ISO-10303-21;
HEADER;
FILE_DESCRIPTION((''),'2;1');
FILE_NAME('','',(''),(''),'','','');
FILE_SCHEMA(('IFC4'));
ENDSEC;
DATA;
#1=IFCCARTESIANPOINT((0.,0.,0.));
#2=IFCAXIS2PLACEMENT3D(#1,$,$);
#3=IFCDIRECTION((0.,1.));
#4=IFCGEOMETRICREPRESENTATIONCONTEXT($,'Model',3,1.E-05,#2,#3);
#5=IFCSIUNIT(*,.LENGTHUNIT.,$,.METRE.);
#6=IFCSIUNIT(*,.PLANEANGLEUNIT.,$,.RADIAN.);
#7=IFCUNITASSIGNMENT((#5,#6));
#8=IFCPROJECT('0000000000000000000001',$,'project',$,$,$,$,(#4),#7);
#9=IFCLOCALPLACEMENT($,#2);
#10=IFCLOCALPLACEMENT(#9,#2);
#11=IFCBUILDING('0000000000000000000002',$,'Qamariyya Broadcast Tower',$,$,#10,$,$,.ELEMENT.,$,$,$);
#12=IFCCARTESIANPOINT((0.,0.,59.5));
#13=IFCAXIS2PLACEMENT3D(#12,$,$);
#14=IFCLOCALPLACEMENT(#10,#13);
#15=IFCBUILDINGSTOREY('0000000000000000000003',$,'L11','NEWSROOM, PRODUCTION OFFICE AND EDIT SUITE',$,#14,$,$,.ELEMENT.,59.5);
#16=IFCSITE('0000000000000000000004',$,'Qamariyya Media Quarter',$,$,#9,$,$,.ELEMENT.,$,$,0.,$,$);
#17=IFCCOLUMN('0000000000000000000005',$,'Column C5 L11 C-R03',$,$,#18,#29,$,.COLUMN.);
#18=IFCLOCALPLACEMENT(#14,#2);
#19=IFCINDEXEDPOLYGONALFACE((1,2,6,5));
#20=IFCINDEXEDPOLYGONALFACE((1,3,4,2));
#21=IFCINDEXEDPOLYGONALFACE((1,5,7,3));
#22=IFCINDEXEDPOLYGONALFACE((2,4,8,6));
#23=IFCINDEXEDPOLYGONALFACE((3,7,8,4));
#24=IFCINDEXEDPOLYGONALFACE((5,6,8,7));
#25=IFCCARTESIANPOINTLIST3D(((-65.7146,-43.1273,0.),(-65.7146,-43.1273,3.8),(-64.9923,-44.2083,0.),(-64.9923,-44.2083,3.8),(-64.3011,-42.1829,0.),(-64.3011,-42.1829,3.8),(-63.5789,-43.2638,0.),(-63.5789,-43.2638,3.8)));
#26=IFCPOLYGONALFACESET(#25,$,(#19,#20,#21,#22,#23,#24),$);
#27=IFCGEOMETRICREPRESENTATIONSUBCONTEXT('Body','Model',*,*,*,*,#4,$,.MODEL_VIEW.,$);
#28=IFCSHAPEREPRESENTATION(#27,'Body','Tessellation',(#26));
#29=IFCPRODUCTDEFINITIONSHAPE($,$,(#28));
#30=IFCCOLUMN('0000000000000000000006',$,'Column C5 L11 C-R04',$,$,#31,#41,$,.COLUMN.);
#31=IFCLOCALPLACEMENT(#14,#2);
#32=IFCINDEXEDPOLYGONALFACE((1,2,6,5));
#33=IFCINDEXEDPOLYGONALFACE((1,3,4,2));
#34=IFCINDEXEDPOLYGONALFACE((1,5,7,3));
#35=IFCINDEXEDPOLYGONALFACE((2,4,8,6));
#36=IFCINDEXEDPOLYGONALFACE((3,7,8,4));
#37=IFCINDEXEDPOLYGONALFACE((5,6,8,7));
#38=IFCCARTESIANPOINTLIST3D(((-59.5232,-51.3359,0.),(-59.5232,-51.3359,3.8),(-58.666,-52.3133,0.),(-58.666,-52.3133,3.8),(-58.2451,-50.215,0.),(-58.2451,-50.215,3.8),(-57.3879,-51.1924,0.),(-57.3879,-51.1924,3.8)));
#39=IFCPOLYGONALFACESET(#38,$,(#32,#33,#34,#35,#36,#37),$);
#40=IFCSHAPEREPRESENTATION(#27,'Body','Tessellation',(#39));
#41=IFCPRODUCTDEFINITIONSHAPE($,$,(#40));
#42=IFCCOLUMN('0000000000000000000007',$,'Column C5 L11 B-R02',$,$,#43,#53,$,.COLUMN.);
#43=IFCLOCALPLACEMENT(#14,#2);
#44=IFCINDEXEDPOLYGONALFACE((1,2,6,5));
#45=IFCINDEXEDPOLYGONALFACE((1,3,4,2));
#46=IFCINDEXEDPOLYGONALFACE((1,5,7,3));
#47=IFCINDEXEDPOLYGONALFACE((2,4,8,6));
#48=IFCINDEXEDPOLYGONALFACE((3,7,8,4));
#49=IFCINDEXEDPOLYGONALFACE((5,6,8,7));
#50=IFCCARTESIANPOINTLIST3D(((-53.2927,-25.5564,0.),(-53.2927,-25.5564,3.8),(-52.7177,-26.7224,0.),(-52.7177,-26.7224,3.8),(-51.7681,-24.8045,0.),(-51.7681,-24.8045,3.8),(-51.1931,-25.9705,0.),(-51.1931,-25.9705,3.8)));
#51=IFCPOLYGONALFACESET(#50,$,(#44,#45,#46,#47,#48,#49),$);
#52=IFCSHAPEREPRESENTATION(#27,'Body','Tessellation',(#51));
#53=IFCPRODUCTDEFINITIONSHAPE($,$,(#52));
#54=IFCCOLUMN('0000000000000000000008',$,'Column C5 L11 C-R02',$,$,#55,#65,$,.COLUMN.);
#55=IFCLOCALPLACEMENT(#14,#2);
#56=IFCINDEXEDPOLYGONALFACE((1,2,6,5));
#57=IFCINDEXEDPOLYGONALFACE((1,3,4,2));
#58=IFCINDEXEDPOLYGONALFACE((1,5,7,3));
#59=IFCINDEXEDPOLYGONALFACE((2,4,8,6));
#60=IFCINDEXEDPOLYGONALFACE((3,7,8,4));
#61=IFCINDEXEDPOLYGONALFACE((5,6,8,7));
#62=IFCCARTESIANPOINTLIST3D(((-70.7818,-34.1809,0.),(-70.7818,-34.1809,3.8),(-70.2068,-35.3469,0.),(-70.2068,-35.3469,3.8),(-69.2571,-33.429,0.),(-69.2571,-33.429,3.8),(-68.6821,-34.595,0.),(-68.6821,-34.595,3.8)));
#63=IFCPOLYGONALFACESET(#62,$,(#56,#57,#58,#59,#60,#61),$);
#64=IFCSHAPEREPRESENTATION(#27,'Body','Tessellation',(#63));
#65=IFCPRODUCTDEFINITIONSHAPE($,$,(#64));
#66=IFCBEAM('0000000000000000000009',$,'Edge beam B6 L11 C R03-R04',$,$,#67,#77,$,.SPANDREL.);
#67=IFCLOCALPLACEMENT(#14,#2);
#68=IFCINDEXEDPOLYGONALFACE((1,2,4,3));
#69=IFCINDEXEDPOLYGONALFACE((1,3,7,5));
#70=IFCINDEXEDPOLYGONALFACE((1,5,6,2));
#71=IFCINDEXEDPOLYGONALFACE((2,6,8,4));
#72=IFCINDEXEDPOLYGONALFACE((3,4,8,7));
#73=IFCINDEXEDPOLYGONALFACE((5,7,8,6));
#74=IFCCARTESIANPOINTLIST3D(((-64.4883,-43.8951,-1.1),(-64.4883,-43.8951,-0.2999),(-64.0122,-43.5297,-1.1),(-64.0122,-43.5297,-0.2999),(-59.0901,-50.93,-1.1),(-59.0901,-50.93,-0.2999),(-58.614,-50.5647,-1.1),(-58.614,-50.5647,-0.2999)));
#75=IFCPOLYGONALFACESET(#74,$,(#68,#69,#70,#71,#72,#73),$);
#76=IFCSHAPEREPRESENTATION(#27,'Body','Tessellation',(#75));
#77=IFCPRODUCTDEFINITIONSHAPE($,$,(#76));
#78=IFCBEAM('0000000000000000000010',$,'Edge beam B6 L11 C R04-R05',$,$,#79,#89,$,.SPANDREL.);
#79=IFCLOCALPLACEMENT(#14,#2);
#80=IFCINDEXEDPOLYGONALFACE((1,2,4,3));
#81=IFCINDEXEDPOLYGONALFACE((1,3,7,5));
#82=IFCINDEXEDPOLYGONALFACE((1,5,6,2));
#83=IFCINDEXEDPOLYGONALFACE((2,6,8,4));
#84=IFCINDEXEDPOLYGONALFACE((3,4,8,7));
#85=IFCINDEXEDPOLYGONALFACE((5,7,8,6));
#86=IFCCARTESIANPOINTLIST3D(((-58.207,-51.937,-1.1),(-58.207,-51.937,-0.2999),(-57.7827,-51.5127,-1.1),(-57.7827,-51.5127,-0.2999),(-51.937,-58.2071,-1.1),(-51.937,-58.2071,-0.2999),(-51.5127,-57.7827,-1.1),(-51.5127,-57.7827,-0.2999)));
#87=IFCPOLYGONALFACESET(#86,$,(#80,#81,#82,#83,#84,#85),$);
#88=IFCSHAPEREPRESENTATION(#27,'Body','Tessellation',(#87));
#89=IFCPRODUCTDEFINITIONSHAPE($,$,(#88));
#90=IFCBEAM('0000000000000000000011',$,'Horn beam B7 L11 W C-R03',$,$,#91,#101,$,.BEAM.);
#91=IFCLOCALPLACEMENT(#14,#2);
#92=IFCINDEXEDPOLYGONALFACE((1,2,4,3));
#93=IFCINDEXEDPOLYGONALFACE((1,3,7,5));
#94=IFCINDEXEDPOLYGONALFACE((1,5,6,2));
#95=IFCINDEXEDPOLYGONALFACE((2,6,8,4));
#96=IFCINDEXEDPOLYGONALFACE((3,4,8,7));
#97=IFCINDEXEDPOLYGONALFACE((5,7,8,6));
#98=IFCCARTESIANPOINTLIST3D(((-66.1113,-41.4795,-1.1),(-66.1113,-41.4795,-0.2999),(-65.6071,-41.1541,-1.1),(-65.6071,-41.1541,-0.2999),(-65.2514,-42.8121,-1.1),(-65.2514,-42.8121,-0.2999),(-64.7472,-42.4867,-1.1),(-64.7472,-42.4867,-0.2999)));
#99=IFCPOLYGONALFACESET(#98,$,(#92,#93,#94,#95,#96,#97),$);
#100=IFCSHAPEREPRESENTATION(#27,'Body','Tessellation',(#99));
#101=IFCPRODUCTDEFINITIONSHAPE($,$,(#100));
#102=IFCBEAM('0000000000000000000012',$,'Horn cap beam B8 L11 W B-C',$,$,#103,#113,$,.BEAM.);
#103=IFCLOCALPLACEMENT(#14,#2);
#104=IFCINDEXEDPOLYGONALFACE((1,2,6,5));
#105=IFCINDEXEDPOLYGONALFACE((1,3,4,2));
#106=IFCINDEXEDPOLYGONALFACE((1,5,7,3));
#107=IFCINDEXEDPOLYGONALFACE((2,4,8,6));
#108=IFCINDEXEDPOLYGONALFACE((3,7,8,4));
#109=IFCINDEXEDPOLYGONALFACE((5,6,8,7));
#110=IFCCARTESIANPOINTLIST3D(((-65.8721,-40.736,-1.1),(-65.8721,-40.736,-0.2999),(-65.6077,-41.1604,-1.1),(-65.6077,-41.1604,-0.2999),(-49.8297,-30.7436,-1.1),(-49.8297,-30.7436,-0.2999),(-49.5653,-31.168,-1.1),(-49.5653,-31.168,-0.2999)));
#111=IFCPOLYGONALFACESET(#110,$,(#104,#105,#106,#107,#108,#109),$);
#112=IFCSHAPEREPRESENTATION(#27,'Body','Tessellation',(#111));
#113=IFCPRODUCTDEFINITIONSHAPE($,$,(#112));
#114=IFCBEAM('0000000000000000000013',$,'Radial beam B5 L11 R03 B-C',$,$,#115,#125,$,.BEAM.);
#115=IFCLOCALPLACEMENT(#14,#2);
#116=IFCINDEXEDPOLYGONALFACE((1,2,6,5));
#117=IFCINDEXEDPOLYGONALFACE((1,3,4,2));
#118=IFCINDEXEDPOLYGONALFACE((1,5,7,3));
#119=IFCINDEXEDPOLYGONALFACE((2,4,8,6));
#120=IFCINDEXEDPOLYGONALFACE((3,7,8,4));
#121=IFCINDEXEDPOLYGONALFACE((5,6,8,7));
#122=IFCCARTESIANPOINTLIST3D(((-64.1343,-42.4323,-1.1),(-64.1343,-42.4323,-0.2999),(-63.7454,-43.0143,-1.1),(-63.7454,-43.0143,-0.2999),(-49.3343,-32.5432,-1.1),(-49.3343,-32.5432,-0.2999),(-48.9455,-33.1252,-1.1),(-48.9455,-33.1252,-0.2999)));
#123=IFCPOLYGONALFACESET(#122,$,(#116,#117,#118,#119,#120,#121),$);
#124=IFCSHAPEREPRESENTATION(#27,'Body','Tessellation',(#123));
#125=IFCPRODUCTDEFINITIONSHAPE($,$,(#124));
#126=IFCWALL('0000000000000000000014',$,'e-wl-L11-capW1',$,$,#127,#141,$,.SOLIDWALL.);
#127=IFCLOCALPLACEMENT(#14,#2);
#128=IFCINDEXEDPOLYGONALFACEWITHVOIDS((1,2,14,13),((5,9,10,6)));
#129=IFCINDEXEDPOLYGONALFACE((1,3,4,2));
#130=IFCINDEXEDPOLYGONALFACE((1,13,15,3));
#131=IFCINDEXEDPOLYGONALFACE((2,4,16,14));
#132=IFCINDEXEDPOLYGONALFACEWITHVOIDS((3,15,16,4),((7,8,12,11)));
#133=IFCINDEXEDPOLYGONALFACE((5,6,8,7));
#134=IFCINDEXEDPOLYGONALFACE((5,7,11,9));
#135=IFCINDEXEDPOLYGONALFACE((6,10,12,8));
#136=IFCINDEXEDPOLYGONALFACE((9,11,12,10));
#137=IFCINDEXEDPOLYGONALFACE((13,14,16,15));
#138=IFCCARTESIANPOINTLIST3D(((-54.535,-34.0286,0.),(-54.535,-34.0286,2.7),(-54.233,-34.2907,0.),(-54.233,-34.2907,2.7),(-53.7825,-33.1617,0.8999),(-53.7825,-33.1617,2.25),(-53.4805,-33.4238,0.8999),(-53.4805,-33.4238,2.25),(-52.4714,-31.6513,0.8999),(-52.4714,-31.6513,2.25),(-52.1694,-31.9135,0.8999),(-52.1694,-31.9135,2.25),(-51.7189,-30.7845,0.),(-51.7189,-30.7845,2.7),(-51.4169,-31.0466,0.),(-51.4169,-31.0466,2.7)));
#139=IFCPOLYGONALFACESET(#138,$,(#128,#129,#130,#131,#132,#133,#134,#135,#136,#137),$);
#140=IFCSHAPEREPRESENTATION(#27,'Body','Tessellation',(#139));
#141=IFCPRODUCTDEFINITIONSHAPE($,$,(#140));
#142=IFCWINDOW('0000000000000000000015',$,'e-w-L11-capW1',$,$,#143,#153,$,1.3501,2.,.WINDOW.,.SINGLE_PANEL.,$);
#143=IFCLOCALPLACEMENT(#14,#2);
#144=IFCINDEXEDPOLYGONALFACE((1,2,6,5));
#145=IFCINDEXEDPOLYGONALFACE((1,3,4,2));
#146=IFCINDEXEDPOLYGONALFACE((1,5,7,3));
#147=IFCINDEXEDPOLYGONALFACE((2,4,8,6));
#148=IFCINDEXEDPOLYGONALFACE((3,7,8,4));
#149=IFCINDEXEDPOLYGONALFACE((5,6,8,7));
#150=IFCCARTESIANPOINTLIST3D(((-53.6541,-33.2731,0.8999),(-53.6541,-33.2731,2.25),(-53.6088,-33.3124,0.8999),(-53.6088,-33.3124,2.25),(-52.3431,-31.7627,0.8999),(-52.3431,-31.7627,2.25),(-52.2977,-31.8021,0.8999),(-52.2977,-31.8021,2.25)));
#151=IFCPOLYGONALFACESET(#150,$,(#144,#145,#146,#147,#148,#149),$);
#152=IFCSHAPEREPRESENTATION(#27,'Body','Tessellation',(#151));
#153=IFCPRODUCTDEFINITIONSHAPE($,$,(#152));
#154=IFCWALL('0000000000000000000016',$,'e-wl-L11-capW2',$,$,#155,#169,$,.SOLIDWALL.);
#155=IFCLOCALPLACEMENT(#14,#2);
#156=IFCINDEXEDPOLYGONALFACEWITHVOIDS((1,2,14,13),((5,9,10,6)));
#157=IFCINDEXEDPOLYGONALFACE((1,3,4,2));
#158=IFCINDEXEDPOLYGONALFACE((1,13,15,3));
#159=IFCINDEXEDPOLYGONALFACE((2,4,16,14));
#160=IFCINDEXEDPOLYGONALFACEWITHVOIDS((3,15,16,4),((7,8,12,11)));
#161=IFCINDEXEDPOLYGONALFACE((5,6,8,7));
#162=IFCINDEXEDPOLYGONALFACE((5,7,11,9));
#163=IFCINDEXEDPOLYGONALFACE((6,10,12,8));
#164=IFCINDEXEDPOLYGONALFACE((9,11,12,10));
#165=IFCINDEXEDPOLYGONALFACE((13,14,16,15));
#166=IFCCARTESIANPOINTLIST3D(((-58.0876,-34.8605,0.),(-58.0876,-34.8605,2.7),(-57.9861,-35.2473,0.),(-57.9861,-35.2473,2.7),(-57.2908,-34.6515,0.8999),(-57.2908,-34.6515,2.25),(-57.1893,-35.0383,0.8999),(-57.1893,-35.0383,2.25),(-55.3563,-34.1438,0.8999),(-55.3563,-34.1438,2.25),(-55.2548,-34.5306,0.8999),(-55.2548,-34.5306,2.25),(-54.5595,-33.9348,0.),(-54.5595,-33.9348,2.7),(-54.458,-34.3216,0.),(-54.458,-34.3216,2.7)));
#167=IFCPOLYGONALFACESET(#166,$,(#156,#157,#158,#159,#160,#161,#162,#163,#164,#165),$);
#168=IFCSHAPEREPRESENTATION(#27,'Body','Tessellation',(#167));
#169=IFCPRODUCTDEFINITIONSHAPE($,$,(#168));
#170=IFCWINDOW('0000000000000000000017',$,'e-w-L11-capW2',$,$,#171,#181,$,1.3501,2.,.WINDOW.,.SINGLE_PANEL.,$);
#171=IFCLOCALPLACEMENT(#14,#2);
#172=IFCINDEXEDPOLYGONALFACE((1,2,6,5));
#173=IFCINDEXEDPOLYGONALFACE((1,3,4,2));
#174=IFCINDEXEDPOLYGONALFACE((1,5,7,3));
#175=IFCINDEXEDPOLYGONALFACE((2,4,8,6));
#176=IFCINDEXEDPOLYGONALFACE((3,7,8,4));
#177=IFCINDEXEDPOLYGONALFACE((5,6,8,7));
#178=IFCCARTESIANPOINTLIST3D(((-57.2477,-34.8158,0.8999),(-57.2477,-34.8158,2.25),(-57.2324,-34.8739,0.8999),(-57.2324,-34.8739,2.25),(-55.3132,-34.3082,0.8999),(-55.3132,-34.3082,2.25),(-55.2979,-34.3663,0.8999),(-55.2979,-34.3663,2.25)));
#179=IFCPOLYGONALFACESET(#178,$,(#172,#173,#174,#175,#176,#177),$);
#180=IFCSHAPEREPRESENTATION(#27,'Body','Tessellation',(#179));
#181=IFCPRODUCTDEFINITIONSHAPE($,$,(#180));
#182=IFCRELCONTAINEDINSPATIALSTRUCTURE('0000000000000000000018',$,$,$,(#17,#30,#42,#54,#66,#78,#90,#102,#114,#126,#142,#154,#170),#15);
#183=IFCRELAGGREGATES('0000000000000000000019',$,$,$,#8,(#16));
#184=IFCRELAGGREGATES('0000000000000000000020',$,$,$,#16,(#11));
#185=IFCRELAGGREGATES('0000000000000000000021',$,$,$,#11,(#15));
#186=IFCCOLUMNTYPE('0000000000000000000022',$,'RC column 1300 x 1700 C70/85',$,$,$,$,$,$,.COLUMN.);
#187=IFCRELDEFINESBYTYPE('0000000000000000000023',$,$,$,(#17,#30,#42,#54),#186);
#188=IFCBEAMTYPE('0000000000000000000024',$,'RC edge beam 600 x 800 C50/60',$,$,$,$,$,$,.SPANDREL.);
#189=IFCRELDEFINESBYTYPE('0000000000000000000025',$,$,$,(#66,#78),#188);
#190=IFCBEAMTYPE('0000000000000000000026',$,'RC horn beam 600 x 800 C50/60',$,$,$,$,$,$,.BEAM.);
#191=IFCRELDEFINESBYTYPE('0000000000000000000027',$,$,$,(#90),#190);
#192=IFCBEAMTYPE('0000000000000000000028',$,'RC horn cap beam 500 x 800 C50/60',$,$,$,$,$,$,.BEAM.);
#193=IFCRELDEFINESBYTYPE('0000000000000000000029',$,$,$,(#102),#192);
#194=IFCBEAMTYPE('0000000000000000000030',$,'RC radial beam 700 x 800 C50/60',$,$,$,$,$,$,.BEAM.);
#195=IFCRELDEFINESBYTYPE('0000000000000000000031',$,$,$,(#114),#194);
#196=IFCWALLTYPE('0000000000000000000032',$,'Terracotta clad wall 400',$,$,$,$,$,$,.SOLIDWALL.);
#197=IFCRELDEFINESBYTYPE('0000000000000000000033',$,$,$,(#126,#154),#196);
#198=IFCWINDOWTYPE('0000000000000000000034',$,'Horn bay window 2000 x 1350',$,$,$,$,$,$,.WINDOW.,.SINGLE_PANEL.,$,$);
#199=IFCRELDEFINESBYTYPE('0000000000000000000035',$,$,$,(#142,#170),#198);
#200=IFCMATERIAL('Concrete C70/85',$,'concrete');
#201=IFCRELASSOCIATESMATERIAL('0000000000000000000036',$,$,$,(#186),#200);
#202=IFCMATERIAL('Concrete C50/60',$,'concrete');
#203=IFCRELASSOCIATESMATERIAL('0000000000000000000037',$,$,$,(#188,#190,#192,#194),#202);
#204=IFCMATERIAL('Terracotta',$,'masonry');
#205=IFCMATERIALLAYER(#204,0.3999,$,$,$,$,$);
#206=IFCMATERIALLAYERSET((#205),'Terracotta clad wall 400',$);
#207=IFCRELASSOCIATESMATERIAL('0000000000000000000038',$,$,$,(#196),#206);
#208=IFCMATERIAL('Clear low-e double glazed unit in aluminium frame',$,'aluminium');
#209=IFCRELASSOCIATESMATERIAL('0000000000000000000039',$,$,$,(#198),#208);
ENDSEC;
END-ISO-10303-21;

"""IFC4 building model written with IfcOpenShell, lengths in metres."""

from ifc_helpers import new_model, si_unit, direction, frame, frame_2d, origin, origin_2d, place, context, subcontext, project, spatial, rectangle, extrude, material, layer, layer_set, material_profile, profile_set, type_object, element, fill, save


model = new_model("IFC4")

# Units and contexts
model_context = context("Model", 3, precision=1e-05, world=origin(), true_north=direction((0.0, 1.0)))
body_context = subcontext(model_context, "Body", "Model", "MODEL_VIEW")
ifc_project = project(units=[si_unit("LENGTHUNIT", "METRE"), si_unit("PLANEANGLEUNIT", "RADIAN")], contexts=[model_context])

# Site, building, storey
site_placement = place(None, origin())
site = spatial("IfcSite", under=ifc_project, at=site_placement, Name="Qamariyya Media Quarter", CompositionType="ELEMENT", RefElevation=0.0)
building_placement = place(site_placement, origin())
building = spatial("IfcBuilding", under=site, at=building_placement, Name="Qamariyya Broadcast Tower", CompositionType="ELEMENT")
storey_placement = place(building_placement, frame((0.0, 0.0, 59.5)))
storey = spatial("IfcBuildingStorey", under=building, at=storey_placement, Name="L11", Description="NEWSROOM, PRODUCTION OFFICE AND EDIT SUITE", CompositionType="ELEMENT", Elevation=59.5)

# Columns
ifc_material_1 = material(Name="Concrete C70/85", Category="concrete")
ifc_material_profile_1 = material_profile(ifc_material_1, rectangle(XDim=1.3, YDim=1.7, at=origin_2d()))
ifc_profile_set_1 = profile_set([ifc_material_profile_1], Name="Concrete C70/85")
column_type = type_object("IfcColumnType", Name="RC column 1300 x 1700 C70/85", PredefinedType="COLUMN", material=ifc_profile_set_1)
for number, where, z_axis, x_axis, name in (
    (1, (-64.6467, -43.1956, 0.0), (0.0, 0.0, 1.0), (0.55557, -0.83147, 0.0), "Column C5 L11 C-R03"),
    (2, (-58.4556, -51.2642, 0.0), (0.0, 0.0, 1.0), (0.659346, -0.75184, 0.0), "Column C5 L11 C-R04"),
    (3, (-52.2429, -25.7634, 0.0), (0.0, 0.0, 1.0), (0.442289, -0.896873, 0.0), "Column C5 L11 B-R02"),
    (4, (-69.7319, -34.3879, 0.0), (0.0, 0.0, 1.0), (0.442289, -0.896873, 0.0), "Column C5 L11 C-R02"),
):
    element("IfcColumn", number, at=place(storey_placement, frame(where, z_axis=z_axis, x_axis=x_axis)), inside=storey, type_object=column_type, Name=name, PredefinedType="COLUMN", context=body_context, shape_type="SweptSolid", body=[
        extrude(rectangle(XDim=1.3, YDim=1.7, at=origin_2d()), origin(), (0.0, 0.0, 1.0), 3.8),
    ])

# Beams
ifc_material_2 = material(Name="Concrete C50/60", Category="concrete")
ifc_material_profile_2 = material_profile(ifc_material_2, rectangle(XDim=0.6001, YDim=0.8, at=origin_2d()))
ifc_profile_set_2 = profile_set([ifc_material_profile_2], Name="Concrete C50/60")
beam_type_1 = type_object("IfcBeamType", Name="RC edge beam 600 x 800 C50/60", PredefinedType="SPANDREL", material=ifc_profile_set_2)
beam_1_placement = place(storey_placement, frame((-64.2502, -43.7124, -0.7), z_axis=(0.60877, -0.793347, 0.0), x_axis=(0.793347, 0.60877, 0.0)))
element("IfcBeam", 5, at=beam_1_placement, inside=storey, type_object=beam_type_1, Name="Edge beam B6 L11 C R03-R04", PredefinedType="SPANDREL", context=body_context, shape_type="SweptSolid", body=[
    extrude(rectangle(XDim=0.6001, YDim=0.8, at=origin_2d()), origin(), (0.0, 0.0, 1.0), 8.8674),
])
beam_2_placement = place(storey_placement, frame((-57.9949, -51.7249, -0.7), z_axis=(0.707107, -0.707107, 0.0), x_axis=(0.707107, 0.707107, 0.0)))
element("IfcBeam", 6, at=beam_2_placement, inside=storey, type_object=beam_type_1, Name="Edge beam B6 L11 C R04-R05", PredefinedType="SPANDREL", context=body_context, shape_type="SweptSolid", body=[
    extrude(rectangle(XDim=0.6001, YDim=0.8, at=origin_2d()), origin(), (0.0, 0.0, 1.0), 8.8672),
])
ifc_material_profile_3 = material_profile(ifc_material_2, rectangle(XDim=0.6001, YDim=0.8, at=origin_2d()))
ifc_profile_set_3 = profile_set([ifc_material_profile_3], Name="Concrete C50/60")
beam_type_2 = type_object("IfcBeamType", Name="RC horn beam 600 x 800 C50/60", PredefinedType="BEAM", material=ifc_profile_set_3)
beam_3_placement = place(storey_placement, frame((-64.9993, -42.6494, -0.7), z_axis=(-0.542204, 0.840247, 0.0), x_axis=(-0.840247, -0.542204, 0.0)))
element("IfcBeam", 7, at=beam_3_placement, inside=storey, type_object=beam_type_2, Name="Horn beam B7 L11 W C-R03", PredefinedType="BEAM", context=body_context, shape_type="SweptSolid", body=[
    extrude(rectangle(XDim=0.6001, YDim=0.8, at=origin_2d()), origin(), (0.0, 0.0, 1.0), 1.5859),
])
ifc_material_profile_4 = material_profile(ifc_material_2, rectangle(XDim=0.5, YDim=0.8, at=origin_2d()))
ifc_profile_set_4 = profile_set([ifc_material_profile_4], Name="Concrete C50/60")
beam_type_3 = type_object("IfcBeamType", Name="RC horn cap beam 500 x 800 C50/60", PredefinedType="BEAM", material=ifc_profile_set_4)
beam_4_placement = place(storey_placement, frame((-49.6975, -30.9558, -0.7), z_axis=(-0.848809, -0.5287, 0.0), x_axis=(0.5287, -0.848809, 0.0)))
element("IfcBeam", 8, at=beam_4_placement, inside=storey, type_object=beam_type_3, Name="Horn cap beam B8 L11 W B-C", PredefinedType="BEAM", context=body_context, shape_type="SweptSolid", body=[
    extrude(rectangle(XDim=0.5, YDim=0.8, at=origin_2d()), origin(), (0.0, 0.0, 1.0), 18.8999),
])
ifc_material_profile_5 = material_profile(ifc_material_2, rectangle(XDim=0.7, YDim=0.8, at=origin_2d()))
ifc_profile_set_5 = profile_set([ifc_material_profile_5], Name="Concrete C50/60")
beam_type_4 = type_object("IfcBeamType", Name="RC radial beam 700 x 800 C50/60", PredefinedType="BEAM", material=ifc_profile_set_5)
beam_5_placement = place(storey_placement, frame((-49.1399, -32.8342, -0.7), z_axis=(-0.831467, -0.555573, 0.0), x_axis=(0.555573, -0.831467, 0.0)))
element("IfcBeam", 9, at=beam_5_placement, inside=storey, type_object=beam_type_4, Name="Radial beam B5 L11 R03 B-C", PredefinedType="BEAM", context=body_context, shape_type="SweptSolid", body=[
    extrude(rectangle(XDim=0.7, YDim=0.8, at=origin_2d()), origin(), (0.0, 0.0, 1.0), 17.7998),
])

# Walls, openings, windows
ifc_material_3 = material(Name="Terracotta", Category="masonry")
ifc_layer = layer(ifc_material_3, 0.3999)
ifc_layer_set = layer_set([ifc_layer], Name="Terracotta clad wall 400")
wall_type = type_object("IfcWallType", Name="Terracotta clad wall 400", PredefinedType="SOLIDWALL", material=ifc_layer_set)
wall_1_placement = place(storey_placement, frame((-51.5679, -30.9155, 0.0), z_axis=(0.0, 0.0, 1.0), x_axis=(-0.655538, -0.755162, 0.0)))
wall_1 = element("IfcWall", 10, at=wall_1_placement, inside=storey, type_object=wall_type, Name="e-wl-L11-capW1", PredefinedType="SOLIDWALL", context=body_context, shape_type="SweptSolid", body=[
    extrude(rectangle(XDim=4.2959, YDim=0.3999, at=frame_2d((2.1479, 0.0))), origin(), (0.0, 0.0, 1.0), 2.7),
])
opening_1_placement = place(wall_1_placement, frame((1.1479, 0.0, 0.8999)))
opening_1 = element("IfcOpeningElement", 11, at=opening_1_placement, cuts=wall_1, PredefinedType="OPENING", context=body_context, shape_type="SweptSolid", body=[
    extrude(rectangle(XDim=2.0, YDim=1.3501, at=frame_2d((1.0, 0.675))), frame((0.0, 0.21, 0.0), z_axis=(0.0, -1.0, 0.0), x_axis=(1.0, 0.0, 0.0)), (0.0, 0.0, 1.0), 0.4199),
])
ifc_material_4 = material(Name="Clear low-e double glazed unit in aluminium frame", Category="aluminium")
window_type = type_object("IfcWindowType", Name="Horn bay window 2000 x 1350", PartitioningType="SINGLE_PANEL", PredefinedType="WINDOW", material=ifc_material_4)
window_1_placement = place(opening_1_placement, origin())
window_1 = element("IfcWindow", 12, at=window_1_placement, inside=storey, type_object=window_type, Name="e-w-L11-capW1", OverallHeight=1.3501, OverallWidth=2.0, PartitioningType="SINGLE_PANEL", PredefinedType="WINDOW", context=body_context, shape_type="SweptSolid", body=[
    extrude(rectangle(XDim=2.0, YDim=1.3501, at=frame_2d((1.0, 0.675))), frame((0.0, 0.03, 0.0), z_axis=(0.0, -1.0, 0.0), x_axis=(1.0, 0.0, 0.0)), (0.0, 0.0, 1.0), 0.0601),
])
fill(opening_1, window_1)
wall_2_placement = place(storey_placement, frame((-54.5088, -34.1282, 0.0), z_axis=(0.0, 0.0, 1.0), x_axis=(-0.967254, -0.253811, 0.0)))
wall_2 = element("IfcWall", 13, at=wall_2_placement, inside=storey, type_object=wall_type, Name="e-wl-L11-capW2", PredefinedType="SOLIDWALL", context=body_context, shape_type="SweptSolid", body=[
    extrude(rectangle(XDim=3.6475, YDim=0.3999, at=frame_2d((1.8237, 0.0))), origin(), (0.0, 0.0, 1.0), 2.7),
])
opening_2_placement = place(wall_2_placement, frame((0.8237, 0.0, 0.8999)))
opening_2 = element("IfcOpeningElement", 14, at=opening_2_placement, cuts=wall_2, PredefinedType="OPENING", context=body_context, shape_type="SweptSolid", body=[
    extrude(rectangle(XDim=2.0, YDim=1.3501, at=frame_2d((1.0, 0.675))), frame((0.0, 0.21, 0.0), z_axis=(0.0, -1.0, 0.0), x_axis=(1.0, 0.0, 0.0)), (0.0, 0.0, 1.0), 0.4199),
])
window_2_placement = place(opening_2_placement, origin())
window_2 = element("IfcWindow", 15, at=window_2_placement, inside=storey, type_object=window_type, Name="e-w-L11-capW2", OverallHeight=1.3501, OverallWidth=2.0, PartitioningType="SINGLE_PANEL", PredefinedType="WINDOW", context=body_context, shape_type="SweptSolid", body=[
    extrude(rectangle(XDim=2.0, YDim=1.3501, at=frame_2d((1.0, 0.675))), frame((0.0, 0.03, 0.0), z_axis=(0.0, -1.0, 0.0), x_axis=(1.0, 0.0, 0.0)), (0.0, 0.0, 1.0), 0.0601),
])
fill(opening_2, window_2)

save(model, "model.ifc")
